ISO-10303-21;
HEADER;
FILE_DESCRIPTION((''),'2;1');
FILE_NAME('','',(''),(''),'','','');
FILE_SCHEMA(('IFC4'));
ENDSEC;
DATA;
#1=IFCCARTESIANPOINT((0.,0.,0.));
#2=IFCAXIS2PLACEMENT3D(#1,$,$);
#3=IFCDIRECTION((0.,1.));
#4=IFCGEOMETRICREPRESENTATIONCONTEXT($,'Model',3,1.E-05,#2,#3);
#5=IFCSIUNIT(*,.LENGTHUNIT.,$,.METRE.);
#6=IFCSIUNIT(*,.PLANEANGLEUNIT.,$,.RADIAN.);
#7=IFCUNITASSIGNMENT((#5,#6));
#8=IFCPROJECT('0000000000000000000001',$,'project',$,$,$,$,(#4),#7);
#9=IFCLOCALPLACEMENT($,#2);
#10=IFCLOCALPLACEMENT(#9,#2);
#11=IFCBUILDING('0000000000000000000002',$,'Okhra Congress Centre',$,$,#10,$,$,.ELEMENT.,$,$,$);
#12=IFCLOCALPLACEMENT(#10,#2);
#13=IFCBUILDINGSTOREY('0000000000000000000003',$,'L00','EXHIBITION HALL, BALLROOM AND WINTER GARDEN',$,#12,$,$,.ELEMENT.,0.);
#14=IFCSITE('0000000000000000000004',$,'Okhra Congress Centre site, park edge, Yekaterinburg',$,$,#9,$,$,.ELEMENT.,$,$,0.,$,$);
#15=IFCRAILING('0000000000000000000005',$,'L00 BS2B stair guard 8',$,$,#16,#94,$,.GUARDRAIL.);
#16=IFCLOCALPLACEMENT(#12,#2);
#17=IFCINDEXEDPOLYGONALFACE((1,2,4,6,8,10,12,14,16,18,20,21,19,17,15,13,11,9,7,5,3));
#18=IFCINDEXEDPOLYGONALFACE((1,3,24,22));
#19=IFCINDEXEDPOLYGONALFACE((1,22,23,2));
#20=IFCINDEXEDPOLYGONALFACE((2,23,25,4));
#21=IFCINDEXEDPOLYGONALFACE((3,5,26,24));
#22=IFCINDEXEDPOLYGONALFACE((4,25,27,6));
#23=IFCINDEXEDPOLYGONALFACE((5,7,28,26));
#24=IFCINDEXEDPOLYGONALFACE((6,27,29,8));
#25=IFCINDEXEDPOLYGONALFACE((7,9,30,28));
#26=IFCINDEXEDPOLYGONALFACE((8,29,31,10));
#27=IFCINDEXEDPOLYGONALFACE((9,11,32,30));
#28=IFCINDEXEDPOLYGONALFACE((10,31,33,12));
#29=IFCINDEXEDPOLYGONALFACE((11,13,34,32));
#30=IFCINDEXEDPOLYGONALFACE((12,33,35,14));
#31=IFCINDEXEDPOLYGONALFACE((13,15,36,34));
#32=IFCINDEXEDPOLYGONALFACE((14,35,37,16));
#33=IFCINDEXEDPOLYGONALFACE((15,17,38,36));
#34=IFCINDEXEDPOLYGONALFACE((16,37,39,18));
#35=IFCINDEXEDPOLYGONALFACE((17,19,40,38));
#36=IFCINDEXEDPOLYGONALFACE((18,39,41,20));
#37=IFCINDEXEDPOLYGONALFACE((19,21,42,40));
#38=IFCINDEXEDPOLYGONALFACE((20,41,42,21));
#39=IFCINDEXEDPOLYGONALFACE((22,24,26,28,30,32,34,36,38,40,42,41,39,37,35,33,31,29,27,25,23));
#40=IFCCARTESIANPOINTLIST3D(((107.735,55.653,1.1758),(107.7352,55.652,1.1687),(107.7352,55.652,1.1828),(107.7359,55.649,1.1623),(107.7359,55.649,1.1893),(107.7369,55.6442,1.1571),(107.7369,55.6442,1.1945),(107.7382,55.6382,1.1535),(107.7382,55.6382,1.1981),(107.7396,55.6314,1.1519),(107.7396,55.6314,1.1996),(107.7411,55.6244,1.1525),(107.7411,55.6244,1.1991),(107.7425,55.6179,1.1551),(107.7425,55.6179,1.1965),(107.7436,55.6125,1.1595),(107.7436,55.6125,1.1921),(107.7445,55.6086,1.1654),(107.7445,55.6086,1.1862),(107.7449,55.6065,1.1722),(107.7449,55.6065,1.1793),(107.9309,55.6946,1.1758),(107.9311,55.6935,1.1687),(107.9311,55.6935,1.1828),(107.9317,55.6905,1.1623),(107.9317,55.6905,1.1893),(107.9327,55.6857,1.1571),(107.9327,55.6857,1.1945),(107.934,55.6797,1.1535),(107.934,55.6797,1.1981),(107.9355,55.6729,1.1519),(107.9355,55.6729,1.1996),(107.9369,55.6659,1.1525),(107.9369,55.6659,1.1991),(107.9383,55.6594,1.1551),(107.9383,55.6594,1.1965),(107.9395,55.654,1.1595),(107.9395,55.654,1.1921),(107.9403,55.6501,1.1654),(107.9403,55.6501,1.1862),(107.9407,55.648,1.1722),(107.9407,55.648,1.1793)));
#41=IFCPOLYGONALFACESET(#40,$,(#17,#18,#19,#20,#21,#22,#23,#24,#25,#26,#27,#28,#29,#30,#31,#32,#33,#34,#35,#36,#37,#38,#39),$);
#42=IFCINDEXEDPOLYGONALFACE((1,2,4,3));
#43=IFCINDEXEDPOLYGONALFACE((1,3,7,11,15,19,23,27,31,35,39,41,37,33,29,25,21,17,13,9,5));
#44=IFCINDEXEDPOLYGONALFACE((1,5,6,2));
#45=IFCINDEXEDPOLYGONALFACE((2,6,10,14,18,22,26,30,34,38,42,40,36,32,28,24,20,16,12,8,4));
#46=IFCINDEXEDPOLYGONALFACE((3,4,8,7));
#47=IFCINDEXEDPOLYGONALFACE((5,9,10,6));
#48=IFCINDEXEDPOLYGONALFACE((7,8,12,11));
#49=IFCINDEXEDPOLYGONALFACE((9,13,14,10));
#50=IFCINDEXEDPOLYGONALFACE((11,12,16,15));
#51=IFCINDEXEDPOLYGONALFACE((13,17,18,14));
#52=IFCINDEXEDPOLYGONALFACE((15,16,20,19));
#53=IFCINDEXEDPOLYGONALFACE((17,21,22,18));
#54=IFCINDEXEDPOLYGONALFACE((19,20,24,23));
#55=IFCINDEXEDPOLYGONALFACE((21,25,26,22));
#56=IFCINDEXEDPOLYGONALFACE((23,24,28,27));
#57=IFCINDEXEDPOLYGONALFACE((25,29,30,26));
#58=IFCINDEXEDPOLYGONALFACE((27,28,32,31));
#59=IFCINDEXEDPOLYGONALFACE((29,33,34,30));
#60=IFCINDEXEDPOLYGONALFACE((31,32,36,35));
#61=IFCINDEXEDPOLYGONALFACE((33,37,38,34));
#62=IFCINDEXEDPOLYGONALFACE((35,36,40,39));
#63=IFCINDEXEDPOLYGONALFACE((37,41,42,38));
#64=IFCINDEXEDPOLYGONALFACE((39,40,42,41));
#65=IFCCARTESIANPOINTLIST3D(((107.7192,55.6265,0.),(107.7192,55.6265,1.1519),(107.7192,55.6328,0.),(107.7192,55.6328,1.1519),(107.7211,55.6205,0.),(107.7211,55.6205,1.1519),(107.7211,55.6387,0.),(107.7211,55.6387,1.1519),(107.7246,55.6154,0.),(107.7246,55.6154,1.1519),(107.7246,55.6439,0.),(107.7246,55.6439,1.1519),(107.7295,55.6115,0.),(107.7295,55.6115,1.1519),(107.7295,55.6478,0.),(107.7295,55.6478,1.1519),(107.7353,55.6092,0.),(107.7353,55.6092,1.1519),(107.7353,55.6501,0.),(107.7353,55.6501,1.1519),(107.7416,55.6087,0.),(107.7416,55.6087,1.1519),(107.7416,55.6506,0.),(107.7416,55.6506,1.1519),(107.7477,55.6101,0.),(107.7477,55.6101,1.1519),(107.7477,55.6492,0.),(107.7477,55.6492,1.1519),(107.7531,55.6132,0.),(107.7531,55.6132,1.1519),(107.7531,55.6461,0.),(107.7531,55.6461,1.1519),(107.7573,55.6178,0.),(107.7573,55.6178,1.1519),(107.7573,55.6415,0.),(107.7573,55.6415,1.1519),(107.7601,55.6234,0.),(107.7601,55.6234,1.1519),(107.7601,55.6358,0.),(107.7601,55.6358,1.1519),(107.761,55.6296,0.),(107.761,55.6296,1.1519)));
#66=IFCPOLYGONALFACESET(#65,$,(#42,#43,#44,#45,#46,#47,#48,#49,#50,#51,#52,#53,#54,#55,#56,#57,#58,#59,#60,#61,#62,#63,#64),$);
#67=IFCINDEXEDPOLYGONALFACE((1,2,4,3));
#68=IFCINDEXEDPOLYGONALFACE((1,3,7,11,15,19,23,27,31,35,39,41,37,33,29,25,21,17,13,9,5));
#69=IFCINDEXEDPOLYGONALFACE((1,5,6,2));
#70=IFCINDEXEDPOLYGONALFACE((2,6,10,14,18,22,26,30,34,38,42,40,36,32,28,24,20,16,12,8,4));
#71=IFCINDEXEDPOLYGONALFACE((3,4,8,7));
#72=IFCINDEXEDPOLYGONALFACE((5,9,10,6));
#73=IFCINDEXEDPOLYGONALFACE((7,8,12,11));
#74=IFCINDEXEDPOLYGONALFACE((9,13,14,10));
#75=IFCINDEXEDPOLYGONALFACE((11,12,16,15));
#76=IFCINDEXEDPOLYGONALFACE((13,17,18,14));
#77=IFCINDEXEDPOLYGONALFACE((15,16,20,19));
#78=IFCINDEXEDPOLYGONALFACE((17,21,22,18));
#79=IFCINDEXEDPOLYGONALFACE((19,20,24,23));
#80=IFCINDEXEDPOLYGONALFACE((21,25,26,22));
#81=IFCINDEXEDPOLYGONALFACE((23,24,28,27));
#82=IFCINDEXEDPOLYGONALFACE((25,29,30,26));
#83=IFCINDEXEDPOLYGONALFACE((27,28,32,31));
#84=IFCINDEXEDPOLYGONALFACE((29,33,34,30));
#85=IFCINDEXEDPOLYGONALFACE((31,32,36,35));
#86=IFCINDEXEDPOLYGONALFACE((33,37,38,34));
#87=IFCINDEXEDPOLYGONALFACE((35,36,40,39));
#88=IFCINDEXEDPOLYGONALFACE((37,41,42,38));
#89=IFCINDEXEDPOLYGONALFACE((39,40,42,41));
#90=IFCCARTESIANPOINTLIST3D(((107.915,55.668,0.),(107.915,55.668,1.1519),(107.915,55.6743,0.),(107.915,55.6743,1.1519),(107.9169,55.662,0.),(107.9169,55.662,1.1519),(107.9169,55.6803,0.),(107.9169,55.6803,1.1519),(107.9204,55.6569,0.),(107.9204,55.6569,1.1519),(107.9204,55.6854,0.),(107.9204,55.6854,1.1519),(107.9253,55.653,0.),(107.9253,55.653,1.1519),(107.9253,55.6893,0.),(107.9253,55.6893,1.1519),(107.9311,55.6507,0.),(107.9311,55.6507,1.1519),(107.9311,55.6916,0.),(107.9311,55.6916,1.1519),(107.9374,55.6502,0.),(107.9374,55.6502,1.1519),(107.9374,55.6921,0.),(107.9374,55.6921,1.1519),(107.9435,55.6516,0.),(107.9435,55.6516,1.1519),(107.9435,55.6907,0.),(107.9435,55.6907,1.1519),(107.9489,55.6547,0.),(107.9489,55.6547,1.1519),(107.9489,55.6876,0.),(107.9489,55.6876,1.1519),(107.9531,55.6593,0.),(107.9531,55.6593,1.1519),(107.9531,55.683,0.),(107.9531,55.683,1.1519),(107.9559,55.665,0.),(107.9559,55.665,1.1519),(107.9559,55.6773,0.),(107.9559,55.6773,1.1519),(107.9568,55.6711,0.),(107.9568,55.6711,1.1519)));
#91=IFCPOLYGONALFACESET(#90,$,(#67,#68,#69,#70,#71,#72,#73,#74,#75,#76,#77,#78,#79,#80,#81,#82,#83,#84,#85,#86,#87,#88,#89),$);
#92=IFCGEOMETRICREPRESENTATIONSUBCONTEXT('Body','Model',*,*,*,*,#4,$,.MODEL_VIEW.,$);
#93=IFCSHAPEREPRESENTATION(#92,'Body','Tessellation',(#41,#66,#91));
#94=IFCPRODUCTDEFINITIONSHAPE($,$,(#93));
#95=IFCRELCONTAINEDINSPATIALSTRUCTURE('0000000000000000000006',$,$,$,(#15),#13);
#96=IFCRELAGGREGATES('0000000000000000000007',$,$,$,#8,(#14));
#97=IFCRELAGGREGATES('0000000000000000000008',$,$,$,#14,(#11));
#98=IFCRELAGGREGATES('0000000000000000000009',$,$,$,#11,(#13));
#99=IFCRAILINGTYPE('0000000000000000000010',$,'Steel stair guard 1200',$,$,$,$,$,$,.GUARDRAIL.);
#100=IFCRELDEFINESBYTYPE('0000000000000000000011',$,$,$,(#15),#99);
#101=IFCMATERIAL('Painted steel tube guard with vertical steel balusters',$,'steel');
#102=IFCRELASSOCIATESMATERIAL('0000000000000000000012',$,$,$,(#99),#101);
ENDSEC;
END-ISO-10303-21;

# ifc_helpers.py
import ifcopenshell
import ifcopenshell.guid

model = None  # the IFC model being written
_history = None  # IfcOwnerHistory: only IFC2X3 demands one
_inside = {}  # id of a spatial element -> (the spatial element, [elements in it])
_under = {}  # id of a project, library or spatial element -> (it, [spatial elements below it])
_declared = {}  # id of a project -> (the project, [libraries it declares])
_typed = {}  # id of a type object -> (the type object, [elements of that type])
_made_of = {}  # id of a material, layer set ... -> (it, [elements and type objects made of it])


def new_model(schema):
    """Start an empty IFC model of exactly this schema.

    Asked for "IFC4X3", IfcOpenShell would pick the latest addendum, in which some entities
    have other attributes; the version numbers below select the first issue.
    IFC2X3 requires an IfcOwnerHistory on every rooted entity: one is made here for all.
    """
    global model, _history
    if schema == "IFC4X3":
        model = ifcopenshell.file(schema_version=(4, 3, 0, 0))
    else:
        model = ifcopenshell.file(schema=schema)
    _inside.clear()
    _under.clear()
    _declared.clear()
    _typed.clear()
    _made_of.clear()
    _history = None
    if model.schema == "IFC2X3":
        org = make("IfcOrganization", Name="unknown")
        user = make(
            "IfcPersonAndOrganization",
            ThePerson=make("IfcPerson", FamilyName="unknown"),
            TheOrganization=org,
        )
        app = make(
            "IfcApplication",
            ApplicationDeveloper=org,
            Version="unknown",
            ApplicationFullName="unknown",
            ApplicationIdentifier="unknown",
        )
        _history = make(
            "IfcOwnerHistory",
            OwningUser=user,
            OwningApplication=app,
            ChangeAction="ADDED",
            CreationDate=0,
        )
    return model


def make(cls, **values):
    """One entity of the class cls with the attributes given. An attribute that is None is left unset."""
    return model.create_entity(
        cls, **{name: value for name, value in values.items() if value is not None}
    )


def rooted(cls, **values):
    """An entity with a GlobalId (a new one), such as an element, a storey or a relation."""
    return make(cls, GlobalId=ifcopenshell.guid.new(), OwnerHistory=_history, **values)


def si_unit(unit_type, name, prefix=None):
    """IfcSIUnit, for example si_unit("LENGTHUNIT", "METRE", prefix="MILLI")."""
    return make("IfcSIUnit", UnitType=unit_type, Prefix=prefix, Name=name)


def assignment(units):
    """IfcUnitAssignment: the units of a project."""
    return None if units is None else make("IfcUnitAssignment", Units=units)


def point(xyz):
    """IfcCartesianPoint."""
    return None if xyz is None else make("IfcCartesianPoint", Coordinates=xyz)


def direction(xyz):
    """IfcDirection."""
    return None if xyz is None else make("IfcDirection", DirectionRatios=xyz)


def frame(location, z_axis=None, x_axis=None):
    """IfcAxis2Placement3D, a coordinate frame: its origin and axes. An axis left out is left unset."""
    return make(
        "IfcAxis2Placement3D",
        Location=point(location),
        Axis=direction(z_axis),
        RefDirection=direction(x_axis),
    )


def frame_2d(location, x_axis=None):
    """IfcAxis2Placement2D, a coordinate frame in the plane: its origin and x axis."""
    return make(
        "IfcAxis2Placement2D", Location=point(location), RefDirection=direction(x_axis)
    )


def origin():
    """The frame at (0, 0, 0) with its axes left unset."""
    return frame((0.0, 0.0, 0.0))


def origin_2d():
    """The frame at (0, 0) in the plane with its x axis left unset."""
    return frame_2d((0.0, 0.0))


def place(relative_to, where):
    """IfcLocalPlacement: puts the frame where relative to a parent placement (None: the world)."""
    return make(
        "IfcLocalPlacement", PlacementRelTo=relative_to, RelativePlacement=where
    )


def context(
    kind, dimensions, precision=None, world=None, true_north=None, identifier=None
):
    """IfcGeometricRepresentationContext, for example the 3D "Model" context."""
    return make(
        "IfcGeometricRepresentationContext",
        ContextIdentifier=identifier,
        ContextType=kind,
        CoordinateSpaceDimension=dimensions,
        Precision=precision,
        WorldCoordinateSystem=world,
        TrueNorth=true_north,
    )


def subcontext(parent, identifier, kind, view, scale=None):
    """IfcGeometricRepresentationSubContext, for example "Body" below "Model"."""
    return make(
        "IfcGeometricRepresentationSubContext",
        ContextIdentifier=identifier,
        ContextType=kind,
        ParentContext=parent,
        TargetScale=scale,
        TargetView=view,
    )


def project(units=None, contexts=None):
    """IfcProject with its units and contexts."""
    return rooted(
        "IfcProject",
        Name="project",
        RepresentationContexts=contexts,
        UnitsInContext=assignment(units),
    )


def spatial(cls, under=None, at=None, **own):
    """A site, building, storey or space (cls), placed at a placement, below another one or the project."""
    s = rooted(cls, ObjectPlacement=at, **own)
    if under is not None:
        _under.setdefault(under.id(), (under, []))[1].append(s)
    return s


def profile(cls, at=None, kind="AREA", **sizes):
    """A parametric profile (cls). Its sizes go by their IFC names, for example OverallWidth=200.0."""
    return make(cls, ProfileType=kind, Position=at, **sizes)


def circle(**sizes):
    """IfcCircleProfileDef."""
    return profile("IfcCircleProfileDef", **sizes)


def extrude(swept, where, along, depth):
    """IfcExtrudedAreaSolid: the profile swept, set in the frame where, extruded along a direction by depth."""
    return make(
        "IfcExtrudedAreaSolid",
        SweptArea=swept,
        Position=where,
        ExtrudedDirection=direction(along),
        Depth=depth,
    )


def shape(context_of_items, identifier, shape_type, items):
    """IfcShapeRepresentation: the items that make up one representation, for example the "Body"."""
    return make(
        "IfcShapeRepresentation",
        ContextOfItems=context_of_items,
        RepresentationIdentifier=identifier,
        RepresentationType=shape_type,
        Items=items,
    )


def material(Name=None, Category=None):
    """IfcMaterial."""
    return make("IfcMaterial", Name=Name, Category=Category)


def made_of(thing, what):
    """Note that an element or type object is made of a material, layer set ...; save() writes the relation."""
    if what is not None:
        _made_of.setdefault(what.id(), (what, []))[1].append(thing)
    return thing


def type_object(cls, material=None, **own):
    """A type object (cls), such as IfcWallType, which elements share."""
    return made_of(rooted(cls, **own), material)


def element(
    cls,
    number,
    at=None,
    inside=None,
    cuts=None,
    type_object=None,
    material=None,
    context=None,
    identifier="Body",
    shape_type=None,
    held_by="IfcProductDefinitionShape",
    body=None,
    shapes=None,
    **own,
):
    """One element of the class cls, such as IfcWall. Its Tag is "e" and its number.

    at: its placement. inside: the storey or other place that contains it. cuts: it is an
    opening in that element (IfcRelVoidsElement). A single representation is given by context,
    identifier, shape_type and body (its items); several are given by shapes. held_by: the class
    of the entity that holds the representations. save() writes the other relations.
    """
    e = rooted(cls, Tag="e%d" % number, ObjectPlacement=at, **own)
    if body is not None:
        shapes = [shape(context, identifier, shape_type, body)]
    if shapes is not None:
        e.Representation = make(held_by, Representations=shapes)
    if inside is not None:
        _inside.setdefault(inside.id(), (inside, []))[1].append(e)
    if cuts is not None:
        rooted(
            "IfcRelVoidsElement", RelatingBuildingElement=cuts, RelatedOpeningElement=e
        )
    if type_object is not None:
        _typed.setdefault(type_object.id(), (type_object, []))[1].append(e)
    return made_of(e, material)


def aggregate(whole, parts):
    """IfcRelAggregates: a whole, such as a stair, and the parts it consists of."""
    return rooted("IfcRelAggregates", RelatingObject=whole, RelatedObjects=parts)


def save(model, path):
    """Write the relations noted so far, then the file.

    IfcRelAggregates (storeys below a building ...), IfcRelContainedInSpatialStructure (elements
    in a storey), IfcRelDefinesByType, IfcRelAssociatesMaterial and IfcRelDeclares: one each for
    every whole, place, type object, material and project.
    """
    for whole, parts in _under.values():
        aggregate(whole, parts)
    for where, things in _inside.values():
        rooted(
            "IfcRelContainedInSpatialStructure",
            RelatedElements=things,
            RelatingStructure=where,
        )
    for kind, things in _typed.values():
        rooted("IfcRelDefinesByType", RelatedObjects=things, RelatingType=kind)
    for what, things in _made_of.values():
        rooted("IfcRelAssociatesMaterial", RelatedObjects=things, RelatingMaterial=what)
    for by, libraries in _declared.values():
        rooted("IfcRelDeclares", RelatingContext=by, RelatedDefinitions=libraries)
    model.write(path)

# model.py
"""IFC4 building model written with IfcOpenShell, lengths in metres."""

from ifc_helpers import new_model, si_unit, direction, frame, origin, origin_2d, place, context, subcontext, project, spatial, circle, extrude, material, type_object, element, save


model = new_model("IFC4")

# Units and contexts
model_context = context("Model", 3, precision=1e-05, world=origin(), true_north=direction((0.0, 1.0)))
body_context = subcontext(model_context, "Body", "Model", "MODEL_VIEW")
ifc_project = project(units=[si_unit("LENGTHUNIT", "METRE"), si_unit("PLANEANGLEUNIT", "RADIAN")], contexts=[model_context])

# Site, building, storey
site_placement = place(None, origin())
site = spatial("IfcSite", under=ifc_project, at=site_placement, Name="Okhra Congress Centre site, park edge, Yekaterinburg", CompositionType="ELEMENT", RefElevation=0.0)
building_placement = place(site_placement, origin())
building = spatial("IfcBuilding", under=site, at=building_placement, Name="Okhra Congress Centre", CompositionType="ELEMENT")
storey_placement = place(building_placement, origin())
storey = spatial("IfcBuildingStorey", under=building, at=storey_placement, Name="L00", Description="EXHIBITION HALL, BALLROOM AND WINTER GARDEN", CompositionType="ELEMENT", Elevation=0.0)

# Railing
ifc_material_1 = material(Name="Painted steel tube guard with vertical steel balusters", Category="steel")
railing_type_1 = type_object("IfcRailingType", Name="Steel stair guard 1200", PredefinedType="GUARDRAIL", material=ifc_material_1)
railing_1_placement = place(storey_placement, frame((107.74, 55.6296, 0.0)))
element("IfcRailing", 1, at=railing_1_placement, inside=storey, type_object=railing_type_1, Name="L00 BS2B stair guard 8", PredefinedType="GUARDRAIL", context=body_context, shape_type="SweptSolid", body=[
    extrude(circle(Radius=0.0239, at=origin_2d()), frame((0.0, 0.0, 1.1758), z_axis=(0.978264, 0.207363, 0.0), x_axis=(-0.207363, 0.978264, 0.0)), (0.0, 0.0, 1.0), 0.2002),
    extrude(circle(Radius=0.021, at=origin_2d()), origin(), (0.0, 0.0, 1.0), 1.1519),
    extrude(circle(Radius=0.021, at=origin_2d()), frame((0.1958, 0.0415, 0.0)), (0.0, 0.0, 1.0), 1.1519),
])

save(model, "model.ifc")
